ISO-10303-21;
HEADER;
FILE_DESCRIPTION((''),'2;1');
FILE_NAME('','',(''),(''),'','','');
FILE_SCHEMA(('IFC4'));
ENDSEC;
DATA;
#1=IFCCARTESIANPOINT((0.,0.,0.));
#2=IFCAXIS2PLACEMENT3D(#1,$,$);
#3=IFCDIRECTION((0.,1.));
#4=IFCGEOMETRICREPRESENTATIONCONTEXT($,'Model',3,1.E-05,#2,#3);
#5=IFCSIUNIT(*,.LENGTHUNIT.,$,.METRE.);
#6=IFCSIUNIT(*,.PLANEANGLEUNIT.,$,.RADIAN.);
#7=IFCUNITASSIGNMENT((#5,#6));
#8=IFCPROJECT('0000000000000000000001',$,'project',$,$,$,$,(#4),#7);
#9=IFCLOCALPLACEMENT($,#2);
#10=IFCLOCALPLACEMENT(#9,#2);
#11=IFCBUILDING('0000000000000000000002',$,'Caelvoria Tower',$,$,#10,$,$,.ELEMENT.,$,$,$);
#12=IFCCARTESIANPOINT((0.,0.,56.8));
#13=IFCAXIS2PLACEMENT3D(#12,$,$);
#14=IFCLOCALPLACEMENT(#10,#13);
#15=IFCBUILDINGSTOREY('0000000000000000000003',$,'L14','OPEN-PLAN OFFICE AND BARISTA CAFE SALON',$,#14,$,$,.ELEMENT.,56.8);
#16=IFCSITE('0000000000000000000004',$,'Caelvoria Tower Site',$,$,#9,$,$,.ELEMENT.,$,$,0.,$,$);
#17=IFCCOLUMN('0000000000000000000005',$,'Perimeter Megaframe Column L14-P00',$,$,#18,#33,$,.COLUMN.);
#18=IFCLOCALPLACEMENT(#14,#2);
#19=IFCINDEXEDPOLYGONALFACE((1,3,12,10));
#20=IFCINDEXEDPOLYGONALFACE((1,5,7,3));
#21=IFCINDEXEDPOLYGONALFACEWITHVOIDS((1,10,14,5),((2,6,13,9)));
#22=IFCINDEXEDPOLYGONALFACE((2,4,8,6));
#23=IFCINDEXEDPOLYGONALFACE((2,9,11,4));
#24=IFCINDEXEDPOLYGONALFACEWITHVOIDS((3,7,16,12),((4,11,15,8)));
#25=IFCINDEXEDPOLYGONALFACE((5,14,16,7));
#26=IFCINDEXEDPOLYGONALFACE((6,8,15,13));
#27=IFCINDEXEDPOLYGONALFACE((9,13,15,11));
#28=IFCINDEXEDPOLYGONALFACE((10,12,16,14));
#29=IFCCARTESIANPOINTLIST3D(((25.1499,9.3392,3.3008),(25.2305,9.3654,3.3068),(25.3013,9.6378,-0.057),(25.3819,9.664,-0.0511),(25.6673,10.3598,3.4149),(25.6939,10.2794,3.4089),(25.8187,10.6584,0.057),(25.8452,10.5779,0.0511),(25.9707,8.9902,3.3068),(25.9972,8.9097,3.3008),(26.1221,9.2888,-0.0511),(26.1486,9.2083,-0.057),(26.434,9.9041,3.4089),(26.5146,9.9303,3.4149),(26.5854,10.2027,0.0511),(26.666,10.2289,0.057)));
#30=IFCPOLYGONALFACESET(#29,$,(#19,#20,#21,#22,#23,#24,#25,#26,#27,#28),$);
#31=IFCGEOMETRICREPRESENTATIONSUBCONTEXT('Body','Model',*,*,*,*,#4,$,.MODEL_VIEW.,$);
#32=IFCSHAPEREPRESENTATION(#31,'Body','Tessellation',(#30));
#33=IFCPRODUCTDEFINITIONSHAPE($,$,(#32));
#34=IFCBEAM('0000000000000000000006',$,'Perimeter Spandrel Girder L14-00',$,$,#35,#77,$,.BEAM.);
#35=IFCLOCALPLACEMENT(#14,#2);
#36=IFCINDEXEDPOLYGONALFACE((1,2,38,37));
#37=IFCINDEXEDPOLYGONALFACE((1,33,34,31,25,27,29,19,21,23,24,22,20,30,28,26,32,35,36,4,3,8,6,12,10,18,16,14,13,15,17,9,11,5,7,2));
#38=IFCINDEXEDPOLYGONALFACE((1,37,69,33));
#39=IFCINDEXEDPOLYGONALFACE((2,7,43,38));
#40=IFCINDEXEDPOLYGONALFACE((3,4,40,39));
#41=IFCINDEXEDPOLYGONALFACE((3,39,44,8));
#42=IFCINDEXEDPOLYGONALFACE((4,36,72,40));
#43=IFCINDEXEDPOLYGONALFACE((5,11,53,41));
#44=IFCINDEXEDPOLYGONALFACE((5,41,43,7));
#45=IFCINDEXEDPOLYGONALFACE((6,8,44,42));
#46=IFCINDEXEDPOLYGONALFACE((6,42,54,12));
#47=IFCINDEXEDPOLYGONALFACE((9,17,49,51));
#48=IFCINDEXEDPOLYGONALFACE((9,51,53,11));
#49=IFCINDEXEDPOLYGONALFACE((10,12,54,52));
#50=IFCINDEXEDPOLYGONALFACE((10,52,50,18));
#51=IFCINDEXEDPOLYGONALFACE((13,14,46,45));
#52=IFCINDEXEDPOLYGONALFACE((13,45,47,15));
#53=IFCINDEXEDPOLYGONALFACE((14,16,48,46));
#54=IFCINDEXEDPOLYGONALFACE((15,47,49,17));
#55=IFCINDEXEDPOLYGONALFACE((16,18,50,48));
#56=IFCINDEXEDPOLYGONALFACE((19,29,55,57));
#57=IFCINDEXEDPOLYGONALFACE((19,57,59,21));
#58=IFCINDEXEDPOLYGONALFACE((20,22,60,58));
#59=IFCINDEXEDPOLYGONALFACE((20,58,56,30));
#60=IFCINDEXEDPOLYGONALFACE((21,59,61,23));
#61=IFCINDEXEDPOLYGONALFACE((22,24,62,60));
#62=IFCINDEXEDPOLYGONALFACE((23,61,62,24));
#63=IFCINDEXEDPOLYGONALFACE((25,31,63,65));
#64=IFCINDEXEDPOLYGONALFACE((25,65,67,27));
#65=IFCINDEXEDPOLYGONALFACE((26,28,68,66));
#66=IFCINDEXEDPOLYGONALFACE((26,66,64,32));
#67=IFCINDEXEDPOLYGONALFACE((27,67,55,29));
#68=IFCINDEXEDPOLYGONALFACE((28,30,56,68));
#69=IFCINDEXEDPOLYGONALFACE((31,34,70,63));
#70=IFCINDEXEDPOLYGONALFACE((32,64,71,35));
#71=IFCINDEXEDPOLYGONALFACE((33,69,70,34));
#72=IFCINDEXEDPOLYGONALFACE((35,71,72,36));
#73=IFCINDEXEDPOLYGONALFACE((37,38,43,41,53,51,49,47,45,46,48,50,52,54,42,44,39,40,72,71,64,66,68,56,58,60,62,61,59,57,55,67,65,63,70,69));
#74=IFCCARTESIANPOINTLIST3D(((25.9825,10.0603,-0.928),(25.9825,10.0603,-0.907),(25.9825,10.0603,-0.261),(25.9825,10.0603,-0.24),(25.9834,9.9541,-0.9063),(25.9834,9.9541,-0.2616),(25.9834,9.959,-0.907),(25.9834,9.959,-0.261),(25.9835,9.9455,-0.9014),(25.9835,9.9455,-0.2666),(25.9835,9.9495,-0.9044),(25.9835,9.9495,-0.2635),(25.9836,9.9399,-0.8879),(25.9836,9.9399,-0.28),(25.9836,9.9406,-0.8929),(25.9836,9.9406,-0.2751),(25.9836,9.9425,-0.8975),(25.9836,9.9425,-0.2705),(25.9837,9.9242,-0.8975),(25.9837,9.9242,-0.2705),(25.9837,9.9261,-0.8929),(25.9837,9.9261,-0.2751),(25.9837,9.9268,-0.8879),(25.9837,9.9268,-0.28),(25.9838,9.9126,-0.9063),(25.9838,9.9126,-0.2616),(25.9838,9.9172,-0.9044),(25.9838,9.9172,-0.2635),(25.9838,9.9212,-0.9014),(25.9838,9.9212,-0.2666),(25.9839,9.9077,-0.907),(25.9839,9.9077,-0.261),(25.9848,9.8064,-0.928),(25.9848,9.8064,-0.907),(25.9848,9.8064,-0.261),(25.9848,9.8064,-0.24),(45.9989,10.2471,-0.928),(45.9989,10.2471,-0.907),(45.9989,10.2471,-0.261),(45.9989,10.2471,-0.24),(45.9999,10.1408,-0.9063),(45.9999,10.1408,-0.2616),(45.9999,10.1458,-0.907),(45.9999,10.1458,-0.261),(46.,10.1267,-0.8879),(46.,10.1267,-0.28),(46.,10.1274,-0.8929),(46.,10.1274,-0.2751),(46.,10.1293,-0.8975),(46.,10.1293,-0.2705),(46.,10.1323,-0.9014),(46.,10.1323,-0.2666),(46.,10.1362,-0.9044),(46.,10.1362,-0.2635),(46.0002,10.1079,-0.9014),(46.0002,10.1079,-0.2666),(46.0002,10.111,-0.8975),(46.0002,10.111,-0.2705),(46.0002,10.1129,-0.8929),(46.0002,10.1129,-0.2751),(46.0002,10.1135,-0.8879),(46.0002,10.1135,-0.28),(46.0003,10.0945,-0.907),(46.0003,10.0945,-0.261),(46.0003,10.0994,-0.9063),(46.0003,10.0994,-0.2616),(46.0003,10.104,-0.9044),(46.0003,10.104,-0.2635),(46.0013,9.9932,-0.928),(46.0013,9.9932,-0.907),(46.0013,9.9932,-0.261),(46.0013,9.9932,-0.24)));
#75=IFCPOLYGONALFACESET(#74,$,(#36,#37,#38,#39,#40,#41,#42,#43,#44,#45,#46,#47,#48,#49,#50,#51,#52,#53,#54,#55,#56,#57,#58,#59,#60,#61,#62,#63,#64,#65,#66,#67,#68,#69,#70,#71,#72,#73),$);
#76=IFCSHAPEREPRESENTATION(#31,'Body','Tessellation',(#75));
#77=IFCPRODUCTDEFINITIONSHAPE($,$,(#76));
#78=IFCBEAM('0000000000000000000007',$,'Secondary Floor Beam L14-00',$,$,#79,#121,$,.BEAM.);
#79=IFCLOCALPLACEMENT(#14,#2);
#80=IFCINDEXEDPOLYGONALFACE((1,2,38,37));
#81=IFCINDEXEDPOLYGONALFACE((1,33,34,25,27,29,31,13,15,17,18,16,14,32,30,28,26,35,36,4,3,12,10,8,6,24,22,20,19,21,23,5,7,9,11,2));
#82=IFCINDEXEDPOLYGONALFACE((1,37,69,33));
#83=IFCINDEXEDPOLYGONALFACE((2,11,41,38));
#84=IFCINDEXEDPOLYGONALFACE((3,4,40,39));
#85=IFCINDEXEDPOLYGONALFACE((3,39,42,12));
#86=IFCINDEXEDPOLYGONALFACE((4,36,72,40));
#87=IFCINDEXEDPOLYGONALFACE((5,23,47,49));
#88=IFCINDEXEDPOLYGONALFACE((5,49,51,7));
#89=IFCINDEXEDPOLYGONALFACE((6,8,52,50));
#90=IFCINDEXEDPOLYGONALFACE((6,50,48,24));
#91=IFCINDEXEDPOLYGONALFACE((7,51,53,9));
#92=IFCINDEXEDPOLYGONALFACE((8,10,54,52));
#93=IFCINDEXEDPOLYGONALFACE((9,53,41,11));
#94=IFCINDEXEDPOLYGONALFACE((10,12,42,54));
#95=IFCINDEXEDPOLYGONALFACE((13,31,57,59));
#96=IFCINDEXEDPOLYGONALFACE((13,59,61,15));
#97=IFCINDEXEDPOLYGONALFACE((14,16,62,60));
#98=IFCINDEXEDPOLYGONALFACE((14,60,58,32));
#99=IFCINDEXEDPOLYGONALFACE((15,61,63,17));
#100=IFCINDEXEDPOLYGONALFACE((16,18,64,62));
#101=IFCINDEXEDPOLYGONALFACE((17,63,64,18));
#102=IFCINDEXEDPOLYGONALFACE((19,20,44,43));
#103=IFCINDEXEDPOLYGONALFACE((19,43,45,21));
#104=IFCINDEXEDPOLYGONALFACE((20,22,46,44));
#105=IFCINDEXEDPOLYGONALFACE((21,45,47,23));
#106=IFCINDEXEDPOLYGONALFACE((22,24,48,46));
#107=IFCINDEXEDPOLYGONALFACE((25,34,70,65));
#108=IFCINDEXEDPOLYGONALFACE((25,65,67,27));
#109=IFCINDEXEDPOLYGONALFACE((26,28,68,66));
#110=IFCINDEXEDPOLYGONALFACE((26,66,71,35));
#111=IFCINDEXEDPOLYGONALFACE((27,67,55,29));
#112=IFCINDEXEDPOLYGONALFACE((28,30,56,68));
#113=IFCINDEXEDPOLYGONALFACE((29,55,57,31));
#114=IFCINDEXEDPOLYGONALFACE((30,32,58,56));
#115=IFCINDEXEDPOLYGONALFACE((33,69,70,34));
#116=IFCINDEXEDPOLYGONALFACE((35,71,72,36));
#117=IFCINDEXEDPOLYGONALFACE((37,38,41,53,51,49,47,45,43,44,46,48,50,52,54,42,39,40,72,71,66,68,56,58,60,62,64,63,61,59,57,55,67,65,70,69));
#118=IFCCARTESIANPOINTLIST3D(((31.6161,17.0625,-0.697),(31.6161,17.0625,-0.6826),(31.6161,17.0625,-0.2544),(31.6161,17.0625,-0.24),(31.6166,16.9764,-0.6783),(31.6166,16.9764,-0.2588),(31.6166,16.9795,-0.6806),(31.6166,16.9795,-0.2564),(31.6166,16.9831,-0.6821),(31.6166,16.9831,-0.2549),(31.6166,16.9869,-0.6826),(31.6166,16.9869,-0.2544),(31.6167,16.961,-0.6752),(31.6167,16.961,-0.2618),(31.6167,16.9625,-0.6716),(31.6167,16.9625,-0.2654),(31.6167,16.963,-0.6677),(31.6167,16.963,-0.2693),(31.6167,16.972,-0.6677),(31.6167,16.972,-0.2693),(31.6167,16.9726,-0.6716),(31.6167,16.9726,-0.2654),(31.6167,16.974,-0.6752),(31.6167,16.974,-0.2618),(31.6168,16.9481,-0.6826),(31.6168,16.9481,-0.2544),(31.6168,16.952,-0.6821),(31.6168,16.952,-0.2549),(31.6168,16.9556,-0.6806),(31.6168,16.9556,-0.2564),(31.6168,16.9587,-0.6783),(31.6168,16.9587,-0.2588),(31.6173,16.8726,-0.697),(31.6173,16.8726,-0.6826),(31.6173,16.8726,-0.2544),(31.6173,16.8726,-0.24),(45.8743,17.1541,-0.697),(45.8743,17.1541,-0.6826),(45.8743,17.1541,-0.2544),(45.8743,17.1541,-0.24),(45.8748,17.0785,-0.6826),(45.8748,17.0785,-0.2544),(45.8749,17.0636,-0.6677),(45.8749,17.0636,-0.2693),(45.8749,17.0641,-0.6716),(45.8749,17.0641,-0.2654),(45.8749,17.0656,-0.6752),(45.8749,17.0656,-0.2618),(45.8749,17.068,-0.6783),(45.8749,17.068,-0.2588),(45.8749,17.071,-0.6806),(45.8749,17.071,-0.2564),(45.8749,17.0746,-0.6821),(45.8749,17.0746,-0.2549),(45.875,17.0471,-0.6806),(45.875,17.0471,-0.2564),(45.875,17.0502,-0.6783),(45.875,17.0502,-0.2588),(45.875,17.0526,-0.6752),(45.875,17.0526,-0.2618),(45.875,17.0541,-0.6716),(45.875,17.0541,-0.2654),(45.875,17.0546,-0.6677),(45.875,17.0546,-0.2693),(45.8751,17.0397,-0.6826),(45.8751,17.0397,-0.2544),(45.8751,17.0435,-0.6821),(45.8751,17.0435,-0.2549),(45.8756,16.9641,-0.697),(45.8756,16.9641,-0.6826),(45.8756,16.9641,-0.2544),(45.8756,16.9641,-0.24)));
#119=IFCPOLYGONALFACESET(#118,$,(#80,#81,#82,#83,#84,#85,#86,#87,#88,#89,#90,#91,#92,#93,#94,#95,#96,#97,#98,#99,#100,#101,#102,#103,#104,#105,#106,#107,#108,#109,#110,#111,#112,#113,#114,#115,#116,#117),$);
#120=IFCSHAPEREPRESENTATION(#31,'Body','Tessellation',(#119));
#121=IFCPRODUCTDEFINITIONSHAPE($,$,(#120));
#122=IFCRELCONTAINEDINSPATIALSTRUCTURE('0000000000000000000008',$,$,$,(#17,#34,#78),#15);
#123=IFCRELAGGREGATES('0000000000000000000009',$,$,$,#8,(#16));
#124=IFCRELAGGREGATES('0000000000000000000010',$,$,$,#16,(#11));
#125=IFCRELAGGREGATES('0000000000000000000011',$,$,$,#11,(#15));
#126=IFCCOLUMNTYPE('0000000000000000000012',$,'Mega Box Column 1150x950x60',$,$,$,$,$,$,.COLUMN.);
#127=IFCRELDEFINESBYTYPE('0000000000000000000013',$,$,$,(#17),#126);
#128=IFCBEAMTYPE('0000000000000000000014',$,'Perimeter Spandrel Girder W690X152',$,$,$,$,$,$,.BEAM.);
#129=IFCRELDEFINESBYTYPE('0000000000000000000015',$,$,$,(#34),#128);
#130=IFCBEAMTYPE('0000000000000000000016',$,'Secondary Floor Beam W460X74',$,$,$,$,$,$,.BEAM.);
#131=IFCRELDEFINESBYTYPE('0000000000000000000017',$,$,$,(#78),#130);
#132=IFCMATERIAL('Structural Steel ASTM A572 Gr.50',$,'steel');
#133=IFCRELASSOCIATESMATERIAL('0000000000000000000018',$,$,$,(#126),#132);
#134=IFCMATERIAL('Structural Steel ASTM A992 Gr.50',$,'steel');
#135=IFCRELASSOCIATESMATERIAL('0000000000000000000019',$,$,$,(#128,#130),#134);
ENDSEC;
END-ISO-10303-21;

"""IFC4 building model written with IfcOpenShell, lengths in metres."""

from ifc_helpers import new_model, si_unit, direction, frame, origin, origin_2d, place, context, subcontext, project, spatial, hollow_rectangle, i_section, extrude, material, material_profile, profile_set, type_object, element, save


model = new_model("IFC4")

# Units and contexts
model_context = context("Model", 3, precision=1e-05, world=origin(), true_north=direction((0.0, 1.0)))
body_context = subcontext(model_context, "Body", "Model", "MODEL_VIEW")
ifc_project = project(units=[si_unit("LENGTHUNIT", "METRE"), si_unit("PLANEANGLEUNIT", "RADIAN")], contexts=[model_context])

# Site, building, storey
site_placement = place(None, origin())
site = spatial("IfcSite", under=ifc_project, at=site_placement, Name="Caelvoria Tower Site", CompositionType="ELEMENT", RefElevation=0.0)
building_placement = place(site_placement, origin())
building = spatial("IfcBuilding", under=site, at=building_placement, Name="Caelvoria Tower", CompositionType="ELEMENT")
storey_placement = place(building_placement, frame((0.0, 0.0, 56.8)))
storey = spatial("IfcBuildingStorey", under=building, at=storey_placement, Name="L14", Description="OPEN-PLAN OFFICE AND BARISTA CAFE SALON", CompositionType="ELEMENT", Elevation=56.8)

# Column
ifc_material_1 = material(Name="Structural Steel ASTM A572 Gr.50", Category="steel")
ifc_material_profile_1 = material_profile(ifc_material_1, hollow_rectangle(XDim=0.95, YDim=1.1499, WallThickness=0.0601, at=origin_2d()), Name="Structural Steel ASTM A572 Gr.50")
ifc_profile_set_1 = profile_set([ifc_material_profile_1], Name="BOX1150X950X60 - Structural Steel ASTM A572 Gr.50")
column_type = type_object("IfcColumnType", Name="Mega Box Column 1150x950x60", PredefinedType="COLUMN", material=ifc_profile_set_1)
column_placement = place(storey_placement, frame((25.9836, 9.9333, 0.0), z_axis=(-0.044855, -0.088481, 0.995067), x_axis=(0.891934, -0.452166, 0.0)))
element("IfcColumn", 1, at=column_placement, inside=storey, type_object=column_type, Name="Perimeter Megaframe Column L14-P00", PredefinedType="COLUMN", context=body_context, shape_type="SweptSolid", body=[
    extrude(hollow_rectangle(XDim=0.95, YDim=1.1499, WallThickness=0.0601, at=origin_2d()), origin(), (0.0, 0.0, 1.0), 3.3745),
])

# Beams
ifc_material_2 = material(Name="Structural Steel ASTM A992 Gr.50", Category="steel")
ifc_material_profile_2 = material_profile(ifc_material_2, i_section(OverallWidth=0.2539, OverallDepth=0.688, WebThickness=0.0132, FlangeThickness=0.021, FilletRadius=0.019, at=origin_2d()), Name="Structural Steel ASTM A992 Gr.50")
ifc_profile_set_2 = profile_set([ifc_material_profile_2], Name="W690X152 - Structural Steel ASTM A992 Gr.50")
beam_type_1 = type_object("IfcBeamType", Name="Perimeter Spandrel Girder W690X152", PredefinedType="BEAM", material=ifc_profile_set_2)
beam_1_placement = place(storey_placement, frame((25.9836, 9.9333, -0.584), z_axis=(0.999956, 0.00933, 0.0), x_axis=(-0.00933, 0.999956, 0.0)))
element("IfcBeam", 2, at=beam_1_placement, inside=storey, type_object=beam_type_1, Name="Perimeter Spandrel Girder L14-00", PredefinedType="BEAM", context=body_context, shape_type="SweptSolid", body=[
    extrude(i_section(OverallWidth=0.2539, OverallDepth=0.688, WebThickness=0.0132, FlangeThickness=0.021, FilletRadius=0.019, at=origin_2d()), origin(), (0.0, 0.0, 1.0), 20.0173),
])
ifc_material_profile_3 = material_profile(ifc_material_2, i_section(OverallWidth=0.1899, OverallDepth=0.457, WebThickness=0.009, FlangeThickness=0.0144, FilletRadius=0.0149, at=origin_2d()), Name="Structural Steel ASTM A992 Gr.50")
ifc_profile_set_3 = profile_set([ifc_material_profile_3], Name="W460X74 - Structural Steel ASTM A992 Gr.50")
beam_type_2 = type_object("IfcBeamType", Name="Secondary Floor Beam W460X74", PredefinedType="BEAM", material=ifc_profile_set_3)
beam_2_placement = place(storey_placement, frame((31.6167, 16.9675, -0.4685), z_axis=(0.999979, 0.006421, 0.0), x_axis=(-0.006421, 0.999979, 0.0)))
element("IfcBeam", 3, at=beam_2_placement, inside=storey, type_object=beam_type_2, Name="Secondary Floor Beam L14-00", PredefinedType="BEAM", context=body_context, shape_type="SweptSolid", body=[
    extrude(i_section(OverallWidth=0.1899, OverallDepth=0.457, WebThickness=0.009, FlangeThickness=0.0144, FilletRadius=0.0149, at=origin_2d()), origin(), (0.0, 0.0, 1.0), 14.2585),
])

save(model, "model.ifc")
